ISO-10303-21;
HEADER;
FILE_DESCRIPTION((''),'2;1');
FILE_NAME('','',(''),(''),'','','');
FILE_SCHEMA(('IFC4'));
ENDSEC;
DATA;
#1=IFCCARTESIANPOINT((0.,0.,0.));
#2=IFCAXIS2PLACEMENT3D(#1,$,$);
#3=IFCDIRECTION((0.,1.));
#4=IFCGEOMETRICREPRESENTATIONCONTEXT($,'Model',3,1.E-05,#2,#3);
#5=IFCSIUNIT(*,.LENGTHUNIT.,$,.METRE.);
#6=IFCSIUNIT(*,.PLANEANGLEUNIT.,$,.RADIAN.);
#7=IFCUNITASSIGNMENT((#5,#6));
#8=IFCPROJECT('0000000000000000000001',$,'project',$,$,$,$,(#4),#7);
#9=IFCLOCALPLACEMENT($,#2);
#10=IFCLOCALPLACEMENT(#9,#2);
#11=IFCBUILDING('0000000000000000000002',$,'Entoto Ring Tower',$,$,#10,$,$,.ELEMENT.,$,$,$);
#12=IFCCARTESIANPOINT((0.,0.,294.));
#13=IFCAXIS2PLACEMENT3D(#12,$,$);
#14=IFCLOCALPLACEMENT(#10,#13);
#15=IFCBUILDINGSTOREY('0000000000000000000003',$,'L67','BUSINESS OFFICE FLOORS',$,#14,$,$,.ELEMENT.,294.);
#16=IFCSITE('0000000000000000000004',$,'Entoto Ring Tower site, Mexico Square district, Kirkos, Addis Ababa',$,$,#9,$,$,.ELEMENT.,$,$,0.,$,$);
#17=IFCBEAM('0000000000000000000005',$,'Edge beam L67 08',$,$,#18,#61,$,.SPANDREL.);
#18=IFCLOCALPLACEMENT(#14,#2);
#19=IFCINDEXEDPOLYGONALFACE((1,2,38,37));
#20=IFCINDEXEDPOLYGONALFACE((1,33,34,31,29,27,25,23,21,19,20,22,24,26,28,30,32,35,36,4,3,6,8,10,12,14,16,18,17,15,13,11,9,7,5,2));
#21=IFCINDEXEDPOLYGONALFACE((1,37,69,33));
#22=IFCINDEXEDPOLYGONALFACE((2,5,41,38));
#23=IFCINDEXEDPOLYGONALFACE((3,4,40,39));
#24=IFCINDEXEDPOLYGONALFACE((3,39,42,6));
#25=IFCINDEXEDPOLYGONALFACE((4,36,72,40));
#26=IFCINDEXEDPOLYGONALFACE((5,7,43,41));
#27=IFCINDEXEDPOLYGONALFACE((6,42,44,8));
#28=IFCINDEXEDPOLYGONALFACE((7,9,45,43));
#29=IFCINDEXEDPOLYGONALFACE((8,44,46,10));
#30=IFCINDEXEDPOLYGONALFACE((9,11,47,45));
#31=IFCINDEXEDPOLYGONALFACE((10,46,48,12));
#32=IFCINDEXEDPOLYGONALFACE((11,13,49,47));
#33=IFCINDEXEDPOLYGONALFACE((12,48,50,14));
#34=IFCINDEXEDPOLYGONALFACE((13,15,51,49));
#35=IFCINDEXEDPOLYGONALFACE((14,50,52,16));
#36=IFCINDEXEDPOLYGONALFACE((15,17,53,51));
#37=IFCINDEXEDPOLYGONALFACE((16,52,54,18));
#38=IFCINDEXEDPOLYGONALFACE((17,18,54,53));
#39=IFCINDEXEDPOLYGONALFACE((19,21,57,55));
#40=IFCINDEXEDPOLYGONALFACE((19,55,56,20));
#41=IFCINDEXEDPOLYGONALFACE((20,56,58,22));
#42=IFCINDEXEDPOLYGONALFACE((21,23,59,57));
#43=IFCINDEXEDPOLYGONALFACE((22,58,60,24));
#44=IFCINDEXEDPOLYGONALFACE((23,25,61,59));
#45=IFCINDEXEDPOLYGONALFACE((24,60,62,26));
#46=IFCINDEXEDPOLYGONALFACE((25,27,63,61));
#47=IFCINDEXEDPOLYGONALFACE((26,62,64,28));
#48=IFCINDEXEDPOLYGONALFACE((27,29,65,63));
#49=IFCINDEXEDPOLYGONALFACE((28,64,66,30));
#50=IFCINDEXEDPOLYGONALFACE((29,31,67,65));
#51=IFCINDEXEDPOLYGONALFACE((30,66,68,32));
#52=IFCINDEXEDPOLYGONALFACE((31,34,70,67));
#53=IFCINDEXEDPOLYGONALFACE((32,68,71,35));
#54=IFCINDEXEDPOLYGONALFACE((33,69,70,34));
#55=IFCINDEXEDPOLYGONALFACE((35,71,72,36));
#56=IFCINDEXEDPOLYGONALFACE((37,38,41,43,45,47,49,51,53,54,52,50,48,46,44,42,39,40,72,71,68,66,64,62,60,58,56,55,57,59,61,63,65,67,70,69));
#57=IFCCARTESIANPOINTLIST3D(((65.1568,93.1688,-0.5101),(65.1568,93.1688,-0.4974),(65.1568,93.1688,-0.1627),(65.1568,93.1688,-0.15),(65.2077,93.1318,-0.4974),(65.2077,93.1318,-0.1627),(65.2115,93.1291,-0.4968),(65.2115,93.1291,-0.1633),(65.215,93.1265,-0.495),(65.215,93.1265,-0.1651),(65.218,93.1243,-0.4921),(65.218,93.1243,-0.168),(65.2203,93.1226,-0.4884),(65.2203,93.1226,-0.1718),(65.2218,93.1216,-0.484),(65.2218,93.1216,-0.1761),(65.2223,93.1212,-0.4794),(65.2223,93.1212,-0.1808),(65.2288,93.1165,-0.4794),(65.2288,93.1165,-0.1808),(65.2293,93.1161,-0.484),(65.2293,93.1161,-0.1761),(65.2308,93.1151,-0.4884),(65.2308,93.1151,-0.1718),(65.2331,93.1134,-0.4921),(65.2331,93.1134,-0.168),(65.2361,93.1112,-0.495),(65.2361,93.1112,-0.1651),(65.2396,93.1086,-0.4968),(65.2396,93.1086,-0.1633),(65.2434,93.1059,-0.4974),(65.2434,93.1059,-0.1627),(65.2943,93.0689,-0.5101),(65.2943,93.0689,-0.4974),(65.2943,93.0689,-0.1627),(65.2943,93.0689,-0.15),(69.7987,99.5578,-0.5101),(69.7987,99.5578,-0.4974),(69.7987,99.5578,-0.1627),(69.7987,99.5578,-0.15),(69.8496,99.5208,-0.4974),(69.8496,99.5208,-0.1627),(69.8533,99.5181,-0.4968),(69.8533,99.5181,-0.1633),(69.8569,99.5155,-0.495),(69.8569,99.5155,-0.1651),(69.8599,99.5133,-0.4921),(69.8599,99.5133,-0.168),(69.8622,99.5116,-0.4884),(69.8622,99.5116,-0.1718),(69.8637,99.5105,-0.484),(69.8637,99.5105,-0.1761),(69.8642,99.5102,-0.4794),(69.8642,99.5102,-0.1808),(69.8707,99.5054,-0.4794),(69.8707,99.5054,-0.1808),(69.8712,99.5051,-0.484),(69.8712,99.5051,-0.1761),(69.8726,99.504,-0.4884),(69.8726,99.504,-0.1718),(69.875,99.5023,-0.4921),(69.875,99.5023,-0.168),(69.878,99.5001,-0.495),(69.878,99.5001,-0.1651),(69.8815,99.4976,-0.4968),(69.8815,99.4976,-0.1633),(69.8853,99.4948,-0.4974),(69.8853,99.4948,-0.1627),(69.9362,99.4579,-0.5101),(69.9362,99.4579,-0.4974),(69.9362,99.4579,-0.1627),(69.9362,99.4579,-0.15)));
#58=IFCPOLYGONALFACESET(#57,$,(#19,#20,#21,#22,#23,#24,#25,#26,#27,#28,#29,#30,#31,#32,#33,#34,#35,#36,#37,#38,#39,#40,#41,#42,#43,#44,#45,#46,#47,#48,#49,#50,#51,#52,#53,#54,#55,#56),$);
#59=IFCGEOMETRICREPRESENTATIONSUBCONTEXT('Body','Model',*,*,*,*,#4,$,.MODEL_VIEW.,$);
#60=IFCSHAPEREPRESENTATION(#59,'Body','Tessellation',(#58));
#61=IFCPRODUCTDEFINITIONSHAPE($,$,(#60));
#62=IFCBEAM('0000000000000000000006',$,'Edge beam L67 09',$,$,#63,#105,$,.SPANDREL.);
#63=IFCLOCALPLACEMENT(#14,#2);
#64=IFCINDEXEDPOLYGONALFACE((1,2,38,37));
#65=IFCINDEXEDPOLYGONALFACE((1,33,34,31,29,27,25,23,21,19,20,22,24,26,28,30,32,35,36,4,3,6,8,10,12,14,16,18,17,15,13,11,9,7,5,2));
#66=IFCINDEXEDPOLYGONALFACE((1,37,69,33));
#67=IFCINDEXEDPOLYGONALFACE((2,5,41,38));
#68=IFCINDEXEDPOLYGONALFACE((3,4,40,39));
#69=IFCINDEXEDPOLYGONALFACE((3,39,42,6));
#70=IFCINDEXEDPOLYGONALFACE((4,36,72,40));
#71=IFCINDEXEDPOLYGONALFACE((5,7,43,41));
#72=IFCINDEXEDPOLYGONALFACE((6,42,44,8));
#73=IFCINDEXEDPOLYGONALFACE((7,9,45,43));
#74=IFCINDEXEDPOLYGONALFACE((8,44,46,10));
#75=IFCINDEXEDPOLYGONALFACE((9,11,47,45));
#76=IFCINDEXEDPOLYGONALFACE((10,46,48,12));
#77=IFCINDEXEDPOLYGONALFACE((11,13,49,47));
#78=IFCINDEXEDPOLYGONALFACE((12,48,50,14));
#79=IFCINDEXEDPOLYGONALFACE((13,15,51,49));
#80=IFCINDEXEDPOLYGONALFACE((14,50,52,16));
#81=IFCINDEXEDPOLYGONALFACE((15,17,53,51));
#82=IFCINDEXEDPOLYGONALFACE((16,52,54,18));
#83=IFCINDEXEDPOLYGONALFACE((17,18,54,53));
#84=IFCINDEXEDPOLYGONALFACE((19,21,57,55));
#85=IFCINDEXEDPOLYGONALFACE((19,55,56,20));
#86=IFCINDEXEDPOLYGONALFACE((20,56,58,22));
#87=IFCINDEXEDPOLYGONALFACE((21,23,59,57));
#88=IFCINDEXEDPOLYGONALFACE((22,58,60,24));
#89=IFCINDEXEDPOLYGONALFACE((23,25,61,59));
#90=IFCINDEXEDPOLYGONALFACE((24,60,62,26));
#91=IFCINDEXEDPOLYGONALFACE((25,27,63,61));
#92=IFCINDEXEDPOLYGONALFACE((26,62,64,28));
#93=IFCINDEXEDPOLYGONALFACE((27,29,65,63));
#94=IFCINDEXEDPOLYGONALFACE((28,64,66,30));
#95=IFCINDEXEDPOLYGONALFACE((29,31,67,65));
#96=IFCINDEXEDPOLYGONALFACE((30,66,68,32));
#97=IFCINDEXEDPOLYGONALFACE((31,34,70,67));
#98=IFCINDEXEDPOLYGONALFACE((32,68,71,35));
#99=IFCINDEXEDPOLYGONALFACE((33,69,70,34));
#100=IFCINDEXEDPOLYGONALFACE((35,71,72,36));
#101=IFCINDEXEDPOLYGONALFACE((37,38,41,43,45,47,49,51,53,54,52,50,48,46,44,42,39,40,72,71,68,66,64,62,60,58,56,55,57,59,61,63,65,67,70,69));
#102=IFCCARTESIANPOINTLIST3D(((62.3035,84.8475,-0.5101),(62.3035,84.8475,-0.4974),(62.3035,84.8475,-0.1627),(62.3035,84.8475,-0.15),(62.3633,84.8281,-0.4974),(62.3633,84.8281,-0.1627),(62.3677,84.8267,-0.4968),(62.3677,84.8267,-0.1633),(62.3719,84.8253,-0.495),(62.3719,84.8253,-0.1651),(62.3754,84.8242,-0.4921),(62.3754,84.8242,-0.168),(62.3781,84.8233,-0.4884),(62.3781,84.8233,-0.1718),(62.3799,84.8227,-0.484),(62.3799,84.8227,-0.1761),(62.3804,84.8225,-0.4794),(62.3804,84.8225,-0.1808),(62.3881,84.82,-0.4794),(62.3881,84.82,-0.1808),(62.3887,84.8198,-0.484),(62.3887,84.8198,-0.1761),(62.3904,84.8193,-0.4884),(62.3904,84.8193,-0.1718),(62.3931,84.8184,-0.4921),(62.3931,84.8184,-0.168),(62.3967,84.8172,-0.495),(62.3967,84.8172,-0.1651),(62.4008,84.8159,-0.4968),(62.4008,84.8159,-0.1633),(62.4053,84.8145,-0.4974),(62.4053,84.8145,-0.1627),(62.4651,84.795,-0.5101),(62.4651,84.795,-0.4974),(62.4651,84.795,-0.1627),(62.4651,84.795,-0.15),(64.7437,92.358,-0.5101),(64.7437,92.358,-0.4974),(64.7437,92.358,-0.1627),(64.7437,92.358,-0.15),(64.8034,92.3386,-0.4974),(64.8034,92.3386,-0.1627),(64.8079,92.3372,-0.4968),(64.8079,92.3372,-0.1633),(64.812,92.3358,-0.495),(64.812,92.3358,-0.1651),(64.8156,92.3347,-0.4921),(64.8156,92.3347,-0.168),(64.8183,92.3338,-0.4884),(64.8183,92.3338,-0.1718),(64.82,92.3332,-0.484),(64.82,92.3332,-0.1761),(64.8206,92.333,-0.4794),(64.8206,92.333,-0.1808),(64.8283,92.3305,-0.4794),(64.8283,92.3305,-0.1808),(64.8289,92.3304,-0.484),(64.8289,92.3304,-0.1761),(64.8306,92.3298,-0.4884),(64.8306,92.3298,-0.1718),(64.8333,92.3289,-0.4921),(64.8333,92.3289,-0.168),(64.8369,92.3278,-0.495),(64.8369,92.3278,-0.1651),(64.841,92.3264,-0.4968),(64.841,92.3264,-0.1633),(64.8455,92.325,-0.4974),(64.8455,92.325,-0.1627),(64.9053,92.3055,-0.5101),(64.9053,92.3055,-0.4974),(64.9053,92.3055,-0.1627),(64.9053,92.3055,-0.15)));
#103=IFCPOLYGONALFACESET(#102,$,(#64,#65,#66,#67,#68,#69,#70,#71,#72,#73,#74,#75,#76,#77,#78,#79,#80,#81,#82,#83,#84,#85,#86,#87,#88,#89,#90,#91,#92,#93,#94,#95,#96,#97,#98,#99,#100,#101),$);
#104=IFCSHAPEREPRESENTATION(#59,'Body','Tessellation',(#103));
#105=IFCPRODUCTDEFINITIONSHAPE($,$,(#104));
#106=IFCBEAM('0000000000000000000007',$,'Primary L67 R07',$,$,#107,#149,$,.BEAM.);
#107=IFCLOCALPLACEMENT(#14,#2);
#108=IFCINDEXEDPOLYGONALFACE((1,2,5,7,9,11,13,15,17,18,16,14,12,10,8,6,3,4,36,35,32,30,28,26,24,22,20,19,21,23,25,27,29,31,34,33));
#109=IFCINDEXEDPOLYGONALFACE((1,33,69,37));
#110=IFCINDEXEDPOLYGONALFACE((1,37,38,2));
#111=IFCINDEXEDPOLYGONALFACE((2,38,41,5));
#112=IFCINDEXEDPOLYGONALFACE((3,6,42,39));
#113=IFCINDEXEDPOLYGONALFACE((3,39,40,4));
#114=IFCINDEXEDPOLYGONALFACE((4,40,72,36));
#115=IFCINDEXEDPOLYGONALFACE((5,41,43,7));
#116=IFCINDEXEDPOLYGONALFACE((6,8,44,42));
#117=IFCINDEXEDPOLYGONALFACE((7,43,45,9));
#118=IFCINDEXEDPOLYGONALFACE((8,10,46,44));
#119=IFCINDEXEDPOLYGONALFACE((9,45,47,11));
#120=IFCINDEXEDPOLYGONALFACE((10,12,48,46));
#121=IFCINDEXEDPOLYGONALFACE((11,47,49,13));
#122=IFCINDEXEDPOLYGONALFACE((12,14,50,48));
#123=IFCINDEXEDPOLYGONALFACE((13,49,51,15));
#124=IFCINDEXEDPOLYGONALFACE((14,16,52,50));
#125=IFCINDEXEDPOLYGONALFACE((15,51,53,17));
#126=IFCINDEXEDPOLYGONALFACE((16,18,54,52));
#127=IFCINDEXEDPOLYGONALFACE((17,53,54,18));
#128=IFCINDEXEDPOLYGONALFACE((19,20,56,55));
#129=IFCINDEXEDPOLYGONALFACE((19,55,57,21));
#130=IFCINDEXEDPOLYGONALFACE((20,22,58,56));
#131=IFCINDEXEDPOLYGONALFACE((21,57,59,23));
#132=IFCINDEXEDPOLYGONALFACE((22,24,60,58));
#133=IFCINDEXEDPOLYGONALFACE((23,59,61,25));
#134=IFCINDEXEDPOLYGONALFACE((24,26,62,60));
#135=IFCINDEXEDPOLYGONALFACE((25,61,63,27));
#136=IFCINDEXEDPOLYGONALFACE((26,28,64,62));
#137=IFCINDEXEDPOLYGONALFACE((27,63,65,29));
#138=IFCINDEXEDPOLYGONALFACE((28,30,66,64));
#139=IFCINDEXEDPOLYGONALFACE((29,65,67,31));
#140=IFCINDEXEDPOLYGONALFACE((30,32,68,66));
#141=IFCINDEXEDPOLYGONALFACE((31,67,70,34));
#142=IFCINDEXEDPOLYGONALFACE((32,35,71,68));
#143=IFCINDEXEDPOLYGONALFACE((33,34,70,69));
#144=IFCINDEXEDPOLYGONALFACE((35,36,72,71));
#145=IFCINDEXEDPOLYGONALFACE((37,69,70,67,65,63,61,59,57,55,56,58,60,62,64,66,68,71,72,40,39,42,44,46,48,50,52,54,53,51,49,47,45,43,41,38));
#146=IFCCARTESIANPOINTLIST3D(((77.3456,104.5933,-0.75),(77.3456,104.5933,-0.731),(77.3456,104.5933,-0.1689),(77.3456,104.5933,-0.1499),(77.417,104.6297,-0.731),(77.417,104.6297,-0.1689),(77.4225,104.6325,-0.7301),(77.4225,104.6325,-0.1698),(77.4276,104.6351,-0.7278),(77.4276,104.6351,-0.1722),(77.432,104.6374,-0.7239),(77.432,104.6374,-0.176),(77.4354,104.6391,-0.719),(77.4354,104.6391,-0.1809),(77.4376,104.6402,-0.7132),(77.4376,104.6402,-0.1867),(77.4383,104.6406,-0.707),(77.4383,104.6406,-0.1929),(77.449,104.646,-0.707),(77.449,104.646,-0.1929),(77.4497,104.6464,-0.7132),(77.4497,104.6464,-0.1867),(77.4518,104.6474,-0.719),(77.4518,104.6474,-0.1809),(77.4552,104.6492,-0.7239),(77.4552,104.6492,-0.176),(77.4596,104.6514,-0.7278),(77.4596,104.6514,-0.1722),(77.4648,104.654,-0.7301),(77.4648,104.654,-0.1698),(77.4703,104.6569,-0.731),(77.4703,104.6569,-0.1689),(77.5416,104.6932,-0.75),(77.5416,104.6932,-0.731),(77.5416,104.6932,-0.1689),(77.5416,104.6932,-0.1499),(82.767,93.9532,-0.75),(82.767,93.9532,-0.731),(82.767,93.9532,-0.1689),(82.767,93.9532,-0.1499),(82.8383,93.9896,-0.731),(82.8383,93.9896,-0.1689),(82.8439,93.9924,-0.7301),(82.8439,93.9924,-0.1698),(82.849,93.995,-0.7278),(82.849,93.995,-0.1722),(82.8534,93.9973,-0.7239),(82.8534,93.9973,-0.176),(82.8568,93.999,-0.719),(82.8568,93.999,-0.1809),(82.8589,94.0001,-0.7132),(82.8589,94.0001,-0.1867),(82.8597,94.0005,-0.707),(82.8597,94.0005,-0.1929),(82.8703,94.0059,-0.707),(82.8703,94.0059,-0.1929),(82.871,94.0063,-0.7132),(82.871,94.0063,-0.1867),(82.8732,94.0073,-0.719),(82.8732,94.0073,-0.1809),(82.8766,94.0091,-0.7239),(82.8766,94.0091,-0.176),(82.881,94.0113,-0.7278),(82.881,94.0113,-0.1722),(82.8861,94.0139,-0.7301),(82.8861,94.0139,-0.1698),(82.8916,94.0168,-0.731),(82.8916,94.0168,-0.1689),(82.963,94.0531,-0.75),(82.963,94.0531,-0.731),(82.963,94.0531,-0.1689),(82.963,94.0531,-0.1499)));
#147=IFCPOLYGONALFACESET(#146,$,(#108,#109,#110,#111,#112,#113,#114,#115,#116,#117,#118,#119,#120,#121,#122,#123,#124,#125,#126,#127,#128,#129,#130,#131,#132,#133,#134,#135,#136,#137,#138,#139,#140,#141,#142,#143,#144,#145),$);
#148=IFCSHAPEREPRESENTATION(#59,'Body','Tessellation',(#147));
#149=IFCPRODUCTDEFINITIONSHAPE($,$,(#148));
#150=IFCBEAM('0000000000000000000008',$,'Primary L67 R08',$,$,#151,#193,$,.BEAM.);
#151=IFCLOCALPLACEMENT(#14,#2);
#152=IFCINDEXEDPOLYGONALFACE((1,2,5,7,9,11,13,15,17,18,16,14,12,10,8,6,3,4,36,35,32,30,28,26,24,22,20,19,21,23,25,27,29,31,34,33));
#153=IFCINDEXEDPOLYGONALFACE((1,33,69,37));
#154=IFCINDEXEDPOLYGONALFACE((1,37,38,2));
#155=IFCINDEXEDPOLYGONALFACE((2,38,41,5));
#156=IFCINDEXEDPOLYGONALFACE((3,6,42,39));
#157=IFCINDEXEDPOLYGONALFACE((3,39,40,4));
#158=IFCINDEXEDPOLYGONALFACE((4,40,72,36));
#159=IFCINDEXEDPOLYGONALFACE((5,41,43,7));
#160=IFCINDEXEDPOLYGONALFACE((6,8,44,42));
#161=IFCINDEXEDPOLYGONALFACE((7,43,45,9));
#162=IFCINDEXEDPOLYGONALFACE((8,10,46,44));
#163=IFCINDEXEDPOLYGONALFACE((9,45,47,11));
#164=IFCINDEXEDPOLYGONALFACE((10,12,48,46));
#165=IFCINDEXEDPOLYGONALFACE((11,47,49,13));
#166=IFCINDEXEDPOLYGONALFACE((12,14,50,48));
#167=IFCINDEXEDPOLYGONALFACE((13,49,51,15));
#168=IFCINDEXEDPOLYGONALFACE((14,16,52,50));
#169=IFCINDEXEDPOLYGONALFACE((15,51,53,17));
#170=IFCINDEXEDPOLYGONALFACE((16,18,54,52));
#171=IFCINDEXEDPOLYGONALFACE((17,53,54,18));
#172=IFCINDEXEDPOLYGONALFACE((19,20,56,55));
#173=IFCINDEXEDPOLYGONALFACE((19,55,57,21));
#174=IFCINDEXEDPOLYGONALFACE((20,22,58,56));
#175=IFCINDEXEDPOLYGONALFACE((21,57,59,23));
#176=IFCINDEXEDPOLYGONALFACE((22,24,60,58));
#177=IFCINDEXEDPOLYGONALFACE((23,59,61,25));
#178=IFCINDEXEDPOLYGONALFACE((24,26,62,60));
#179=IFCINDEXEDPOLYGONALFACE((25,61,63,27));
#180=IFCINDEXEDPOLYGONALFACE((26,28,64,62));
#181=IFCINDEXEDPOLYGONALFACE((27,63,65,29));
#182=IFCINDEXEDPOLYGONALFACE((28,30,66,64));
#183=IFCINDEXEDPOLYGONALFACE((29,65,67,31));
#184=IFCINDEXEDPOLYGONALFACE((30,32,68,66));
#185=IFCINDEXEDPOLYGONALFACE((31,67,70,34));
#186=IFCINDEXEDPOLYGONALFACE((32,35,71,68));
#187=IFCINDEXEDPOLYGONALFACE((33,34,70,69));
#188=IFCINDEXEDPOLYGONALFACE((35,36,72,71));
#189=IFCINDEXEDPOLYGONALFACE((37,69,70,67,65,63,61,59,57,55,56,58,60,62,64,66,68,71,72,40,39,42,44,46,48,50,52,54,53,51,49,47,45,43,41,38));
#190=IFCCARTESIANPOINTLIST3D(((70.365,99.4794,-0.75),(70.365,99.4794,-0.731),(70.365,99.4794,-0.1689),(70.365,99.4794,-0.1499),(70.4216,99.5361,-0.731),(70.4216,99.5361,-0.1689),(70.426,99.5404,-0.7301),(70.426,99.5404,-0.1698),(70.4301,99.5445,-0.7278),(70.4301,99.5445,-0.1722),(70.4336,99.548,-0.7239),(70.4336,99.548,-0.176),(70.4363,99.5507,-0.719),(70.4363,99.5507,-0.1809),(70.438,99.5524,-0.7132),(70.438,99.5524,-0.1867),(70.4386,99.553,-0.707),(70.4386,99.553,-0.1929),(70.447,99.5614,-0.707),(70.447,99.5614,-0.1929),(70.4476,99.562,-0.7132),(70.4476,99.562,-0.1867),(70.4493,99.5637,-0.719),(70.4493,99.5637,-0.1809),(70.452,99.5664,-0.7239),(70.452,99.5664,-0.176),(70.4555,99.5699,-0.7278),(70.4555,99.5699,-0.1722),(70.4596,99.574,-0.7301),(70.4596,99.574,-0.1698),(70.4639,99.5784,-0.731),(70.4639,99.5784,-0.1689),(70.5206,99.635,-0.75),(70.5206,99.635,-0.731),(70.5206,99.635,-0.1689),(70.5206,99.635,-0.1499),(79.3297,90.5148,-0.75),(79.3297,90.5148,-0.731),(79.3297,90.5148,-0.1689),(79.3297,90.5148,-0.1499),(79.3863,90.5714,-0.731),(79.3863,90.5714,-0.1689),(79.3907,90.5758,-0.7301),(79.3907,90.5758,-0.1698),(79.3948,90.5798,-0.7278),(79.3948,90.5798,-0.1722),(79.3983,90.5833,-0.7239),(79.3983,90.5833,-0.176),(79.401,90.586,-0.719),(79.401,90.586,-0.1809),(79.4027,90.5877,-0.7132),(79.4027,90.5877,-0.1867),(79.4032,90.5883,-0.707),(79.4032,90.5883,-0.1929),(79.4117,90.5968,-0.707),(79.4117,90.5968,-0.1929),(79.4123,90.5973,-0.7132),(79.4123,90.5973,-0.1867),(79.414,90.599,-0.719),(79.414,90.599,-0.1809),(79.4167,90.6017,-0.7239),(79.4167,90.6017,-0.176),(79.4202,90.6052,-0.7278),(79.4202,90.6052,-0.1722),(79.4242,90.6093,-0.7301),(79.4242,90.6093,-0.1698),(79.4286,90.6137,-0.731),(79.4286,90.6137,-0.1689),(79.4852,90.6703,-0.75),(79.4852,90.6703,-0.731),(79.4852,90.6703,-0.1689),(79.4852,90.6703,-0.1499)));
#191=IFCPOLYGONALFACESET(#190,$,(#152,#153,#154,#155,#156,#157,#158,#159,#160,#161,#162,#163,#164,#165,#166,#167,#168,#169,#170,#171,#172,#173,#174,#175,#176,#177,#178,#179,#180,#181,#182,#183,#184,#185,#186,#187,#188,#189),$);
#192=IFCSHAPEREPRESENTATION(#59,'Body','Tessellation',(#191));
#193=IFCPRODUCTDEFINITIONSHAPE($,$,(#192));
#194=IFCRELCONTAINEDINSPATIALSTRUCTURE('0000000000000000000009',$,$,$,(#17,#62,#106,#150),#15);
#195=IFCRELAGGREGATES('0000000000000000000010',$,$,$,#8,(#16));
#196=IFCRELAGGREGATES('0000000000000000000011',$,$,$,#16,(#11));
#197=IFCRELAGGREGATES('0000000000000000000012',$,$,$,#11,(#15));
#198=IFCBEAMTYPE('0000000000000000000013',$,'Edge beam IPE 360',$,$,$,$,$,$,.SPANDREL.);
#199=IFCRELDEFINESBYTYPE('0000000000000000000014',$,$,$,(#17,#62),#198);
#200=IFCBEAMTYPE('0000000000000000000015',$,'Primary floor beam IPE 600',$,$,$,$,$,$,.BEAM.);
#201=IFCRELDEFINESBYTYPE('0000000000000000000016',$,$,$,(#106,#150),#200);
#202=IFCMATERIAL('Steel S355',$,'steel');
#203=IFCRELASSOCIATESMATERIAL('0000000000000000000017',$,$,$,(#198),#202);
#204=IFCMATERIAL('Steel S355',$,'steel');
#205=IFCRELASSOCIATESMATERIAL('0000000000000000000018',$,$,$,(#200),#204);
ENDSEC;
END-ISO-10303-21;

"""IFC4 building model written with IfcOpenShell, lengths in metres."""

from ifc_helpers import new_model, si_unit, direction, frame, origin, origin_2d, place, context, subcontext, project, spatial, i_section, extrude, material, material_profile, profile_set, type_object, element, save


model = new_model("IFC4")

# Units and contexts
model_context = context("Model", 3, precision=1e-05, world=origin(), true_north=direction((0.0, 1.0)))
body_context = subcontext(model_context, "Body", "Model", "MODEL_VIEW")
ifc_project = project(units=[si_unit("LENGTHUNIT", "METRE"), si_unit("PLANEANGLEUNIT", "RADIAN")], contexts=[model_context])

# Site, building, storey
site_placement = place(None, origin())
site = spatial("IfcSite", under=ifc_project, at=site_placement, Name="Entoto Ring Tower site, Mexico Square district, Kirkos, Addis Ababa", CompositionType="ELEMENT", RefElevation=0.0)
building_placement = place(site_placement, origin())
building = spatial("IfcBuilding", under=site, at=building_placement, Name="Entoto Ring Tower", CompositionType="ELEMENT")
storey_placement = place(building_placement, frame((0.0, 0.0, 294.0)))
storey = spatial("IfcBuildingStorey", under=building, at=storey_placement, Name="L67", Description="BUSINESS OFFICE FLOORS", CompositionType="ELEMENT", Elevation=294.0)

# Beams
ifc_material_1 = material(Name="Steel S355", Category="steel")
ifc_material_profile_1 = material_profile(ifc_material_1, i_section(OverallWidth=0.1699, OverallDepth=0.3601, WebThickness=0.0081, FlangeThickness=0.0127, FilletRadius=0.0181, at=origin_2d()), Name="IPE 360")
ifc_profile_set_1 = profile_set([ifc_material_profile_1], Name="Steel S355")
beam_type_1 = type_object("IfcBeamType", Name="Edge beam IPE 360", PredefinedType="SPANDREL", material=ifc_profile_set_1)
for number, where, z_axis, x_axis, name in (
    (1, (69.8674, 99.5078, -0.3301), (-0.587787, -0.809015, 0.0), (0.809015, -0.587787, 0.0), "Edge beam L67 08"),
):
    element("IfcBeam", number, at=place(storey_placement, frame(where, z_axis=z_axis, x_axis=x_axis)), inside=storey, type_object=beam_type_1, Name=name, PredefinedType="SPANDREL", context=body_context, shape_type="SweptSolid", body=[
        extrude(i_section(OverallWidth=0.1699, OverallDepth=0.3601, WebThickness=0.0081, FlangeThickness=0.0127, FilletRadius=0.0181, at=origin_2d()), origin(), (0.0, 0.0, 1.0), 7.8972),
    ])
beam_1_placement = place(storey_placement, frame((64.8245, 92.3318, -0.3301), z_axis=(-0.309003, -0.951061, 0.0), x_axis=(0.951061, -0.309003, 0.0)))
element("IfcBeam", 2, at=beam_1_placement, inside=storey, type_object=beam_type_1, Name="Edge beam L67 09", PredefinedType="SPANDREL", context=body_context, shape_type="SweptSolid", body=[
    extrude(i_section(OverallWidth=0.1699, OverallDepth=0.3601, WebThickness=0.0081, FlangeThickness=0.0127, FilletRadius=0.0181, at=origin_2d()), origin(), (0.0, 0.0, 1.0), 7.897),
])
ifc_material_2 = material(Name="Steel S355", Category="steel")
ifc_material_profile_2 = material_profile(ifc_material_2, i_section(OverallWidth=0.22, OverallDepth=0.6001, WebThickness=0.012, FlangeThickness=0.019, FilletRadius=0.0239, at=origin_2d()), Name="IPE 600")
ifc_profile_set_2 = profile_set([ifc_material_profile_2], Name="Steel S355")
beam_type_2 = type_object("IfcBeamType", Name="Primary floor beam IPE 600", PredefinedType="BEAM", material=ifc_profile_set_2)
beam_2_placement = place(storey_placement, frame((82.865, 94.0032, -0.45), z_axis=(-0.453988, 0.891008, 0.0), x_axis=(-0.891008, -0.453988, 0.0)))
element("IfcBeam", 3, at=beam_2_placement, inside=storey, type_object=beam_type_2, Name="Primary L67 R07", PredefinedType="BEAM", context=body_context, shape_type="SweptSolid", body=[
    extrude(i_section(OverallWidth=0.22, OverallDepth=0.6001, WebThickness=0.012, FlangeThickness=0.019, FilletRadius=0.0239, at=origin_2d()), origin(), (0.0, 0.0, 1.0), 11.9417),
])
beam_3_placement = place(storey_placement, frame((79.4075, 90.5925, -0.45), z_axis=(-0.707107, 0.707107, 0.0), x_axis=(-0.707107, -0.707107, 0.0)))
element("IfcBeam", 4, at=beam_3_placement, inside=storey, type_object=beam_type_2, Name="Primary L67 R08", PredefinedType="BEAM", context=body_context, shape_type="SweptSolid", body=[
    extrude(i_section(OverallWidth=0.22, OverallDepth=0.6001, WebThickness=0.012, FlangeThickness=0.019, FilletRadius=0.0239, at=origin_2d()), origin(), (0.0, 0.0, 1.0), 12.678),
])

save(model, "model.ifc")
